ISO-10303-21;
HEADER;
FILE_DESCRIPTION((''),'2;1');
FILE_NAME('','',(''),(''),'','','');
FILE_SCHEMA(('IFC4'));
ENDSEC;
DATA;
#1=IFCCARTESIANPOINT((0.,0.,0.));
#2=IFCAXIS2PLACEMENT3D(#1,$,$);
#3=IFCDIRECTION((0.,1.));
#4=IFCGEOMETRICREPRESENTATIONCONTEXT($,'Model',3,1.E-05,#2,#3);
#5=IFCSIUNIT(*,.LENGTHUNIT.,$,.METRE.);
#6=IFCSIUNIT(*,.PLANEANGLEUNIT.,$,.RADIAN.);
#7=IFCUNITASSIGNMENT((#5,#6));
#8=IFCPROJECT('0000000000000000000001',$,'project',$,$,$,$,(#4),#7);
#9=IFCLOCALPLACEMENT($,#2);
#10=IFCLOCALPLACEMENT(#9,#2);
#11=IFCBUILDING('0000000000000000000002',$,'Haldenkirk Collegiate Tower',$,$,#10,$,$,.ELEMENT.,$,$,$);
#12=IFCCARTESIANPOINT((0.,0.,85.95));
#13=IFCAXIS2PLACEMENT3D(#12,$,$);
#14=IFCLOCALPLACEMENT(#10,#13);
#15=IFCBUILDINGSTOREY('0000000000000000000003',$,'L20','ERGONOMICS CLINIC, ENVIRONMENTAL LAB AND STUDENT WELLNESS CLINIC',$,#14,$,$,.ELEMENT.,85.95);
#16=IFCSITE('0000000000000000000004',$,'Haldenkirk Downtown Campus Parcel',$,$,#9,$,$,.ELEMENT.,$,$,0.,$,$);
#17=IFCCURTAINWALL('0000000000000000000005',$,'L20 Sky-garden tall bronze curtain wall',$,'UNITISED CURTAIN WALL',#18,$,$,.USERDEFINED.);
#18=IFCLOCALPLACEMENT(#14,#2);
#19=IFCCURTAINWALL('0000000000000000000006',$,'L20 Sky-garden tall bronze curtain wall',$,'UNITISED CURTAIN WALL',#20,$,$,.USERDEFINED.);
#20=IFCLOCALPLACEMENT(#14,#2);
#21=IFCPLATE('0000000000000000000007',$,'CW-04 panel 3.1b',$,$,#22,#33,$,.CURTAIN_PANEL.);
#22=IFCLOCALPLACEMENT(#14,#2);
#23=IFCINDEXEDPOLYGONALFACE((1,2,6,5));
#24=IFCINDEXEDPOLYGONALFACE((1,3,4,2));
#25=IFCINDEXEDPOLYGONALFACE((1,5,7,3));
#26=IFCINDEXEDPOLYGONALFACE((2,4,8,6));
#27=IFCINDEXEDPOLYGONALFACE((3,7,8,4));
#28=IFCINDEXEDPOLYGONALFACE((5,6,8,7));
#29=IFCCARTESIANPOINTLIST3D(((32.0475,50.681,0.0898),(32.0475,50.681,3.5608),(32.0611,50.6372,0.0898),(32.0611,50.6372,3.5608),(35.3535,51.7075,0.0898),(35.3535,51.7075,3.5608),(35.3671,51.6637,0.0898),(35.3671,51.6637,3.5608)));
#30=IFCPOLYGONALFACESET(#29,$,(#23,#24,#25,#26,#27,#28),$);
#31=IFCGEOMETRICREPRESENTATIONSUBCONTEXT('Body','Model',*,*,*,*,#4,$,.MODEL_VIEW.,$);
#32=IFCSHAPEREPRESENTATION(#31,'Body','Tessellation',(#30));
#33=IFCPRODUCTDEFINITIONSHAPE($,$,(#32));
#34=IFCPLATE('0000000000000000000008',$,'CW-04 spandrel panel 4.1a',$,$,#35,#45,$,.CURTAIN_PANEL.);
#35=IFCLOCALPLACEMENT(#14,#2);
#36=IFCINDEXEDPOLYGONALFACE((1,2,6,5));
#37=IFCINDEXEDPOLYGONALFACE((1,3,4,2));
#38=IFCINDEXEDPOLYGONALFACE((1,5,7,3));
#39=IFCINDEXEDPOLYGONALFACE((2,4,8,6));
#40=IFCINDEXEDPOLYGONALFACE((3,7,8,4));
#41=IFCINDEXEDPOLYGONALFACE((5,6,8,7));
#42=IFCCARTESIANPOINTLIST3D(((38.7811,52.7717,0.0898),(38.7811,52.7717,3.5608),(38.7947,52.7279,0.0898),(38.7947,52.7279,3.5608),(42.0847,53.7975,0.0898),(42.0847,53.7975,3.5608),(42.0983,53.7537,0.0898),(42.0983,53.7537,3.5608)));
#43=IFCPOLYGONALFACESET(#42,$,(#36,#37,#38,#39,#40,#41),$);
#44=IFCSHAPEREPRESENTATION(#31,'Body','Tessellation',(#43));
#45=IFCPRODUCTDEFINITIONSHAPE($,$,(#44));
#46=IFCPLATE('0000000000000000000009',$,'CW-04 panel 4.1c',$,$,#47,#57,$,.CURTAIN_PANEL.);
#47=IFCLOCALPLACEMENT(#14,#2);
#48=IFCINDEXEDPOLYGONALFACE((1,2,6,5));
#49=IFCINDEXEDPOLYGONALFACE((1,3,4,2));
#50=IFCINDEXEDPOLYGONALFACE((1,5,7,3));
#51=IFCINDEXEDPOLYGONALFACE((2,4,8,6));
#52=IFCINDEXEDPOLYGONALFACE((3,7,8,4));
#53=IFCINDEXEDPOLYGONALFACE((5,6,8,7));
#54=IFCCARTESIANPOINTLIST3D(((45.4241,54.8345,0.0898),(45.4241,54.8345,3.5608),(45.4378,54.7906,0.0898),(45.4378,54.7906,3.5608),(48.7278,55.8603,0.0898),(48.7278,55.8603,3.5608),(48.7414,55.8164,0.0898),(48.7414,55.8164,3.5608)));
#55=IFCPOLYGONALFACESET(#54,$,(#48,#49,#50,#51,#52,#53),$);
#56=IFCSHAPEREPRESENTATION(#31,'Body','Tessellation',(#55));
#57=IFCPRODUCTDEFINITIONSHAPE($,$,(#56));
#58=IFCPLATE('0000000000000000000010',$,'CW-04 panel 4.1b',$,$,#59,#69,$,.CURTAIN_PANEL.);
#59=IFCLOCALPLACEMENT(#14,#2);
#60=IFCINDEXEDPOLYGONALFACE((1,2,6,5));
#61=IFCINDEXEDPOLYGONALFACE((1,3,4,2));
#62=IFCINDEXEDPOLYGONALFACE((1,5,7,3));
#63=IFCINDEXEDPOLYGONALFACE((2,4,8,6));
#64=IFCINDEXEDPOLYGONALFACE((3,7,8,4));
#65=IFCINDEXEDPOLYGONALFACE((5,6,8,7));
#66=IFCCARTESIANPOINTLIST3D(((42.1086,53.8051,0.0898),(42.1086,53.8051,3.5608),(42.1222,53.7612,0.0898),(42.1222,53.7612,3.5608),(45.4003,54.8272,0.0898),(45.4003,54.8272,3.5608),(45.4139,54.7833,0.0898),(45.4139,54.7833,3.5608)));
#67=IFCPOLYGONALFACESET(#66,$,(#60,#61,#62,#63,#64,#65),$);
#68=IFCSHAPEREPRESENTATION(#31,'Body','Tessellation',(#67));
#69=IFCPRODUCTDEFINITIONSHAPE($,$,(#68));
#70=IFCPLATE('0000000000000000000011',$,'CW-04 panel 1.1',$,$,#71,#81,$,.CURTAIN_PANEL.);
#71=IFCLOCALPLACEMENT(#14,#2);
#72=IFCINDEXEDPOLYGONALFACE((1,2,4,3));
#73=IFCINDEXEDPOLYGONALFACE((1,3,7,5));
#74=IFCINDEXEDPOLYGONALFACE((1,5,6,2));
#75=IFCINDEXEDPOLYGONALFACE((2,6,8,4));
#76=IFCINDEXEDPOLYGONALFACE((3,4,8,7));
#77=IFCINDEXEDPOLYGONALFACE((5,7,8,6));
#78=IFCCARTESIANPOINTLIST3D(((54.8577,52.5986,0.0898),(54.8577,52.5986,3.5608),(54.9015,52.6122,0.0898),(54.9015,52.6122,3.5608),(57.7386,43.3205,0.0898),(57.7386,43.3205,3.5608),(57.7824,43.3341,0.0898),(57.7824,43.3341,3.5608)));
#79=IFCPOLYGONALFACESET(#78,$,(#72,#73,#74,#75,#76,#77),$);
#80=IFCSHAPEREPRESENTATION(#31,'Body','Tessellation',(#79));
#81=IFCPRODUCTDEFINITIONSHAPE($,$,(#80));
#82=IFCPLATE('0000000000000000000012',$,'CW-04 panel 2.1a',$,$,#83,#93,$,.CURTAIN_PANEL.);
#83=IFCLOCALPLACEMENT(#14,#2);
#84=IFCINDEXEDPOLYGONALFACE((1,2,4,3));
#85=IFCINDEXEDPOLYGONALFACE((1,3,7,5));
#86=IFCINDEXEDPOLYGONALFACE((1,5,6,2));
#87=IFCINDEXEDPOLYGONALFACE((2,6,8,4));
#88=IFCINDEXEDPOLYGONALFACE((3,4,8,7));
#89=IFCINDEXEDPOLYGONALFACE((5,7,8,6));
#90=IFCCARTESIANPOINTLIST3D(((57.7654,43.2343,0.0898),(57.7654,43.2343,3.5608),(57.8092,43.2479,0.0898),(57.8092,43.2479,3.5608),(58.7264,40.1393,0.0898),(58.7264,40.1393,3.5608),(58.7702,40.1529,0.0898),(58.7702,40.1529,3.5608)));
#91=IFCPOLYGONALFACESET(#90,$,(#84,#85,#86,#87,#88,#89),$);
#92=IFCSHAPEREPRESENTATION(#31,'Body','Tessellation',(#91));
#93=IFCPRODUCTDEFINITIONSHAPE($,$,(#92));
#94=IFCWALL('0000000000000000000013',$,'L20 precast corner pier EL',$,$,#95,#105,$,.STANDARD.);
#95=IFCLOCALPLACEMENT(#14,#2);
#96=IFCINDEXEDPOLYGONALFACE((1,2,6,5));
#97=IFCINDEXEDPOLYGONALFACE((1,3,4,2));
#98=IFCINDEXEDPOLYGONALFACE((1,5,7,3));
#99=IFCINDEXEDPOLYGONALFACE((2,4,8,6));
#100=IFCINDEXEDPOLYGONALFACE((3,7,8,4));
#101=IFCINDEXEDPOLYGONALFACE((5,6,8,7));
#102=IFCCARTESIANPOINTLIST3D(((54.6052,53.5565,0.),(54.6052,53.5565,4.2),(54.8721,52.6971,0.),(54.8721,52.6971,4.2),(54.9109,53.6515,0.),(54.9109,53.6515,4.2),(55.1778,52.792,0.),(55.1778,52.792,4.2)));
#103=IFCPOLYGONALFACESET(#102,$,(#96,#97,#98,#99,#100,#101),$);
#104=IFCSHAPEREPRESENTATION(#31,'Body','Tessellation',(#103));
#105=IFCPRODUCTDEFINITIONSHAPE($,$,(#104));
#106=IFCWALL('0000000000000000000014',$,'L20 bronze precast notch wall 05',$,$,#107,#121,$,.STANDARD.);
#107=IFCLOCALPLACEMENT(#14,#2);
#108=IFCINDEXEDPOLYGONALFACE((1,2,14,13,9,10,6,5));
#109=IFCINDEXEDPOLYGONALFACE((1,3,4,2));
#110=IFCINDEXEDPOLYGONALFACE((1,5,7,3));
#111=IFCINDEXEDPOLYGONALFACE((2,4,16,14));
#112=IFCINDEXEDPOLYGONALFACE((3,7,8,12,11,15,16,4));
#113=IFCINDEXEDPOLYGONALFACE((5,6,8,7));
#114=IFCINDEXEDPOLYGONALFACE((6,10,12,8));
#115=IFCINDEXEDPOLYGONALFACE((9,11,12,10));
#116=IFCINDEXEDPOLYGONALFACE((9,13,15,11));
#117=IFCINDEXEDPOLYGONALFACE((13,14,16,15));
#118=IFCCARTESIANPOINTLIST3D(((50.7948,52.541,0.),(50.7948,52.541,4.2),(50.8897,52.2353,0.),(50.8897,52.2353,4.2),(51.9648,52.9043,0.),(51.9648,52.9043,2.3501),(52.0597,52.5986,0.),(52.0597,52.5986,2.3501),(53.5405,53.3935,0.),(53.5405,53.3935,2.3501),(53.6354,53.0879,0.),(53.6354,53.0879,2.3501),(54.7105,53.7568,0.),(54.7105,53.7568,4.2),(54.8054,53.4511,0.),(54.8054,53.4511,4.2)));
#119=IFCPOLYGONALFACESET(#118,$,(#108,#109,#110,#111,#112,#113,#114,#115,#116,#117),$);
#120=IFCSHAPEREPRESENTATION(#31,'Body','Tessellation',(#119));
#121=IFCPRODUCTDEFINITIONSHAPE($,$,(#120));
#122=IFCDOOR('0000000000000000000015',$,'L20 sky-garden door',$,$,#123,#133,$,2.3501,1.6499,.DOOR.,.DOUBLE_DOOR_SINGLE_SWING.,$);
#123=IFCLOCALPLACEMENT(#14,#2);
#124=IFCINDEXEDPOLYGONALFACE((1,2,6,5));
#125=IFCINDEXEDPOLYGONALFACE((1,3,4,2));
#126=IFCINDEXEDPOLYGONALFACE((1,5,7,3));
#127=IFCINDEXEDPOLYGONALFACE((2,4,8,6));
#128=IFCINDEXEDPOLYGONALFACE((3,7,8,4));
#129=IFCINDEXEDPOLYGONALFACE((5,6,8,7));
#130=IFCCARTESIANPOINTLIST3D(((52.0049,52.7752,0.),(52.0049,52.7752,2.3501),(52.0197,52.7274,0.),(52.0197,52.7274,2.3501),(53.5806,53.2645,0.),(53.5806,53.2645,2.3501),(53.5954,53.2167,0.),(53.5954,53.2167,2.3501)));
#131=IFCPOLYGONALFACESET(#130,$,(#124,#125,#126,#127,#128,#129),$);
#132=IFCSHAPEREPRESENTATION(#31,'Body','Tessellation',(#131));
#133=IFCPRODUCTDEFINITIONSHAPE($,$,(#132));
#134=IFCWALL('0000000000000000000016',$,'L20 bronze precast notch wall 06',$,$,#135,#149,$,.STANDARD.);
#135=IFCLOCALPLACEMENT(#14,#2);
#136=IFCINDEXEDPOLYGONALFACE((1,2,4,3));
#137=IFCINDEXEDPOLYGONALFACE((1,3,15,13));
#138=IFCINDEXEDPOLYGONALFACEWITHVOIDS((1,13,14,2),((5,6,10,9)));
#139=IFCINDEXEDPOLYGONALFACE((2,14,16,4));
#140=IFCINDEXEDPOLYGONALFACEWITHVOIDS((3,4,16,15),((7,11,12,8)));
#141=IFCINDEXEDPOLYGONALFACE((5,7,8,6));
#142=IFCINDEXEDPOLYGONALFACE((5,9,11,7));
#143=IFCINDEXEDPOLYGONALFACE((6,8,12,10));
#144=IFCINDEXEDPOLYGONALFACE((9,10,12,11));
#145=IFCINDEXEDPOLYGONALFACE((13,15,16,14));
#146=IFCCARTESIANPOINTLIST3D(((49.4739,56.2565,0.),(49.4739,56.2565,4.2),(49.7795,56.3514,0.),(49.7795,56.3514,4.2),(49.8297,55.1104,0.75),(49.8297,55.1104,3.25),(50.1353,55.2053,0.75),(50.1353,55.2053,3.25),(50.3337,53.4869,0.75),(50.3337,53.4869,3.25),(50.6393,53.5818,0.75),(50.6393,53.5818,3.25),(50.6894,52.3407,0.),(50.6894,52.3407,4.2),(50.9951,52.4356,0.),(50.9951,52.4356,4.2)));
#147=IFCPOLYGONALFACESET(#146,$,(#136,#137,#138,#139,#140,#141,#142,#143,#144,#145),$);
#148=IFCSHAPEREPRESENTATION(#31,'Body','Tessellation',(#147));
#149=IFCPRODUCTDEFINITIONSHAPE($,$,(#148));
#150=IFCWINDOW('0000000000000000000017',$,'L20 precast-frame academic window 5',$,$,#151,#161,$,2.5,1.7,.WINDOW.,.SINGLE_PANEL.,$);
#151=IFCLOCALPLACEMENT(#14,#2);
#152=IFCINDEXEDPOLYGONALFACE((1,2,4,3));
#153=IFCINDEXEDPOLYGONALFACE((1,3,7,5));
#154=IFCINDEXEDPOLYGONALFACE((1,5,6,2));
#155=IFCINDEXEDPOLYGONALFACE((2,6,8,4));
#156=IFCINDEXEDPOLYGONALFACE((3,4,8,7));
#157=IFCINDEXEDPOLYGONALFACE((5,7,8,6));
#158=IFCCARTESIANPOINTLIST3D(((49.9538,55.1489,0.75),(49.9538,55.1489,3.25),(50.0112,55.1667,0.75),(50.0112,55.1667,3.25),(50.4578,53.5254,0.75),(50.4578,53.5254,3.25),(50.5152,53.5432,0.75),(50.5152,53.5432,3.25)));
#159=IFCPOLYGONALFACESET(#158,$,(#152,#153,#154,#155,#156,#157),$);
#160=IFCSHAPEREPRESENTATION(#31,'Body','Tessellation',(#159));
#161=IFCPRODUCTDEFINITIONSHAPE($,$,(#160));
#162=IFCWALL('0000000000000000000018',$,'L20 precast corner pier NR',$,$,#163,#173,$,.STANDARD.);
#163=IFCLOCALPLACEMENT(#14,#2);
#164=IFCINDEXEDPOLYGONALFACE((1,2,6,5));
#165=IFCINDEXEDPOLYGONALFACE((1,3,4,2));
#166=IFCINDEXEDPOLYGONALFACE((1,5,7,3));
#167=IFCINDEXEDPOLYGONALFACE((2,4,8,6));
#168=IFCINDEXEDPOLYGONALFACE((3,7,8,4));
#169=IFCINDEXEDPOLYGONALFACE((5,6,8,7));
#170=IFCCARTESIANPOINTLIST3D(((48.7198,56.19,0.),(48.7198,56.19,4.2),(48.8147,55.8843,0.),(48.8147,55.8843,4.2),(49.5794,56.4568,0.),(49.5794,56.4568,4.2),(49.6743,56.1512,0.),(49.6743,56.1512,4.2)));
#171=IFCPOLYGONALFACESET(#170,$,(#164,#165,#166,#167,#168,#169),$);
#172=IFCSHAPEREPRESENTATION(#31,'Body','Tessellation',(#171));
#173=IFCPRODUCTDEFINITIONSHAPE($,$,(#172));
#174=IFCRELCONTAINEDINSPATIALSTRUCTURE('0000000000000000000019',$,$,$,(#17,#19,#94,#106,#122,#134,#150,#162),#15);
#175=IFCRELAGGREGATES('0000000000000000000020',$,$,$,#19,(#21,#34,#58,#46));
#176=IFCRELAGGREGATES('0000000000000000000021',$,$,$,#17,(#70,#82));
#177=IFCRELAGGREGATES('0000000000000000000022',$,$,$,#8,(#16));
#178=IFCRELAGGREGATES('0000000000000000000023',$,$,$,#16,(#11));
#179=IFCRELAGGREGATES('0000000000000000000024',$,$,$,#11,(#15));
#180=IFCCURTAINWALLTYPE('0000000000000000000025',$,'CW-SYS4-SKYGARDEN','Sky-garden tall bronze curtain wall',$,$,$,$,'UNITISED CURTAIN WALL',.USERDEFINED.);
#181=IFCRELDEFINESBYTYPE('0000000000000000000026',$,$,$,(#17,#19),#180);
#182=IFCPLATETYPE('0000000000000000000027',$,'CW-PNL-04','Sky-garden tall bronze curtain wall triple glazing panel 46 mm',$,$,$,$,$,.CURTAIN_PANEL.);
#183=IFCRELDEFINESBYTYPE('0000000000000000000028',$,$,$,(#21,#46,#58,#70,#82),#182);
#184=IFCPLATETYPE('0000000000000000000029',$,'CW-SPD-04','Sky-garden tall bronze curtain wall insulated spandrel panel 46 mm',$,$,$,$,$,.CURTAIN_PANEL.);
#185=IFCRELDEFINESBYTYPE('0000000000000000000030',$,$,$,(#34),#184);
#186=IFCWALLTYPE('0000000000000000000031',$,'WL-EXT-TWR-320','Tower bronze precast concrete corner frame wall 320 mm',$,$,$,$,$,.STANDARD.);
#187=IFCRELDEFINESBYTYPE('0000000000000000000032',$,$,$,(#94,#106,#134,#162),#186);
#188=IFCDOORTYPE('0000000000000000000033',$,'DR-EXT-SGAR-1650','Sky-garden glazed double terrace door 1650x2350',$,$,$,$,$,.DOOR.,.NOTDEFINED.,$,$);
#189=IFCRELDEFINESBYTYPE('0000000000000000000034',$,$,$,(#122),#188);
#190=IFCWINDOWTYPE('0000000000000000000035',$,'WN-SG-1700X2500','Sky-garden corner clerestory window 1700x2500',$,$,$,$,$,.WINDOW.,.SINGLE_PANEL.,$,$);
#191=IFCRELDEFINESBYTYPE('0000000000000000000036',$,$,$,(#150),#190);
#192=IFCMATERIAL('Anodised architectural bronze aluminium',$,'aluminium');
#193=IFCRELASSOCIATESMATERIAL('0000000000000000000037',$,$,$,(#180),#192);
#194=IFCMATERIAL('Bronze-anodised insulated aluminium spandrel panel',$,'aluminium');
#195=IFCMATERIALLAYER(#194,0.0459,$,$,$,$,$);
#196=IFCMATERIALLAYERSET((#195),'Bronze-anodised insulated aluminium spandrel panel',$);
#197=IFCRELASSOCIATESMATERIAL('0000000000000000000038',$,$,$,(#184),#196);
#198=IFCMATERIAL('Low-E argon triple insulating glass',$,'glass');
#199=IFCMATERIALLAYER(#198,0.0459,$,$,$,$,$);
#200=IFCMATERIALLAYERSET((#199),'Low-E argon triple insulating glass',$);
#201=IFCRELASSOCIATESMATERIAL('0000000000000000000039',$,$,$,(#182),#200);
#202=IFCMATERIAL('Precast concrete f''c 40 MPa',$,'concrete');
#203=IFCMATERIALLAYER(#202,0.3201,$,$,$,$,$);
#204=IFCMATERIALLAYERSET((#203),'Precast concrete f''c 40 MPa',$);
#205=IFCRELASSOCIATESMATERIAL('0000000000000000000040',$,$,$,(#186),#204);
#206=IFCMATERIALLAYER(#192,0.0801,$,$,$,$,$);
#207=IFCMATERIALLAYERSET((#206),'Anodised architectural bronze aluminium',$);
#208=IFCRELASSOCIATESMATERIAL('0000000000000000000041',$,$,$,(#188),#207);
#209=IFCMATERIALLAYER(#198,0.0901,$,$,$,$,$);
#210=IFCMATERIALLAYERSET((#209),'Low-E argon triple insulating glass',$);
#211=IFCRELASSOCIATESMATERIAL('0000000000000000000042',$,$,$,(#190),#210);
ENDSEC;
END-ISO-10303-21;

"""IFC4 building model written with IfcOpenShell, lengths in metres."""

from ifc_helpers import new_model, si_unit, direction, frame, frame_2d, origin, origin_2d, place, context, subcontext, project, spatial, rectangle, extrude, source, transform, mapped, material, layer, layer_set, type_object, element, fill, aggregate, save


model = new_model("IFC4")

# Units and contexts
model_context = context("Model", 3, precision=1e-05, world=origin(), true_north=direction((0.0, 1.0)))
body_context = subcontext(model_context, "Body", "Model", "MODEL_VIEW")
ifc_project = project(units=[si_unit("LENGTHUNIT", "METRE"), si_unit("PLANEANGLEUNIT", "RADIAN")], contexts=[model_context])

# Site, building, storey
site_placement = place(None, origin())
site = spatial("IfcSite", under=ifc_project, at=site_placement, Name="Haldenkirk Downtown Campus Parcel", CompositionType="ELEMENT", RefElevation=0.0)
building_placement = place(site_placement, origin())
building = spatial("IfcBuilding", under=site, at=building_placement, Name="Haldenkirk Collegiate Tower", CompositionType="ELEMENT")
storey_placement = place(building_placement, frame((0.0, 0.0, 85.95)))
storey = spatial("IfcBuildingStorey", under=building, at=storey_placement, Name="L20", Description="ERGONOMICS CLINIC, ENVIRONMENTAL LAB AND STUDENT WELLNESS CLINIC", CompositionType="ELEMENT", Elevation=85.95)

# Curtain walls
ifc_material_1 = material(Name="Anodised architectural bronze aluminium", Category="aluminium")
curtain_wall_type = type_object("IfcCurtainWallType", Name="CW-SYS4-SKYGARDEN", Description="Sky-garden tall bronze curtain wall", ElementType="UNITISED CURTAIN WALL", PredefinedType="USERDEFINED", material=ifc_material_1)
curtain_wall_1_placement = place(storey_placement, origin())
curtain_wall_1 = element("IfcCurtainWall", 1, at=curtain_wall_1_placement, inside=storey, type_object=curtain_wall_type, Name="L20 Sky-garden tall bronze curtain wall", ObjectType="UNITISED CURTAIN WALL", PredefinedType="USERDEFINED")
curtain_wall_2_placement = place(storey_placement, origin())
curtain_wall_2 = element("IfcCurtainWall", 2, at=curtain_wall_2_placement, inside=storey, type_object=curtain_wall_type, Name="L20 Sky-garden tall bronze curtain wall", ObjectType="UNITISED CURTAIN WALL", PredefinedType="USERDEFINED")

# Plates
ifc_material_2 = material(Name="Bronze-anodised insulated aluminium spandrel panel", Category="aluminium")
ifc_layer_1 = layer(ifc_material_2, 0.0459)
ifc_layer_set_1 = layer_set([ifc_layer_1], Name="Bronze-anodised insulated aluminium spandrel panel")
plate_type_1 = type_object("IfcPlateType", Name="CW-SPD-04", Description="Sky-garden tall bronze curtain wall insulated spandrel panel 46 mm", PredefinedType="CURTAIN_PANEL", material=ifc_layer_set_1)
ifc_material_3 = material(Name="Low-E argon triple insulating glass", Category="glass")
ifc_layer_2 = layer(ifc_material_3, 0.0459)
ifc_layer_set_2 = layer_set([ifc_layer_2], Name="Low-E argon triple insulating glass")
plate_type_2 = type_object("IfcPlateType", Name="CW-PNL-04", Description="Sky-garden tall bronze curtain wall triple glazing panel 46 mm", PredefinedType="CURTAIN_PANEL", material=ifc_layer_set_2)
shared_shape_1 = source(origin(), body_context, "Body", "SweptSolid", [
    extrude(rectangle(XDim=3.4617, YDim=0.0459, at=origin_2d()), origin(), (0.0, 0.0, 1.0), 3.4709),
])
plate_1_placement = place(storey_placement, frame((33.7073, 51.1724, 0.0898), z_axis=(0.0, 0.0, 1.0), x_axis=(0.95502, 0.29654, 0.0)))
plate_1 = element("IfcPlate", 3, at=plate_1_placement, type_object=plate_type_2, Name="CW-04 panel 3.1b", PredefinedType="CURTAIN_PANEL", context=body_context, shape_type="MappedRepresentation", body=[
    mapped(shared_shape_1, transform((0.0, 0.0, 0.0), x_axis=(1.0, 0.0, 0.0), y_axis=(0.0, 1.0, 0.0), z_axis=(0.0, 0.0, 1.0), scale=1.0)),
])
shared_shape_2 = source(origin(), body_context, "Body", "SweptSolid", [
    extrude(rectangle(XDim=3.4592, YDim=0.0459, at=origin_2d()), origin(), (0.0, 0.0, 1.0), 3.4709),
])
plate_2_placement = place(storey_placement, frame((40.4397, 53.2627, 0.0898), z_axis=(0.0, 0.0, 1.0), x_axis=(0.95502, 0.29654, 0.0)))
plate_2 = element("IfcPlate", 4, at=plate_2_placement, type_object=plate_type_1, Name="CW-04 spandrel panel 4.1a", PredefinedType="CURTAIN_PANEL", context=body_context, shape_type="MappedRepresentation", body=[
    mapped(shared_shape_2, transform((0.0, 0.0, 0.0), x_axis=(1.0, 0.0, 0.0), y_axis=(0.0, 1.0, 0.0), z_axis=(0.0, 0.0, 1.0), scale=1.0)),
])
plate_3_placement = place(storey_placement, frame((47.0828, 55.3254, 0.0898), z_axis=(0.0, 0.0, 1.0), x_axis=(0.95502, 0.29654, 0.0)))
plate_3 = element("IfcPlate", 5, at=plate_3_placement, type_object=plate_type_2, Name="CW-04 panel 4.1c", PredefinedType="CURTAIN_PANEL", context=body_context, shape_type="MappedRepresentation", body=[
    mapped(shared_shape_2, transform((0.0, 0.0, 0.0), x_axis=(1.0, 0.0, 0.0), y_axis=(0.0, 1.0, 0.0), z_axis=(0.0, 0.0, 1.0), scale=1.0)),
])
shared_shape_3 = source(origin(), body_context, "Body", "SweptSolid", [
    extrude(rectangle(XDim=3.4468, YDim=0.0459, at=origin_2d()), origin(), (0.0, 0.0, 1.0), 3.4709),
])
plate_4_placement = place(storey_placement, frame((43.7612, 54.2942, 0.0898), z_axis=(0.0, 0.0, 1.0), x_axis=(0.95502, 0.29654, 0.0)))
plate_4 = element("IfcPlate", 6, at=plate_4_placement, type_object=plate_type_2, Name="CW-04 panel 4.1b", PredefinedType="CURTAIN_PANEL", context=body_context, shape_type="MappedRepresentation", body=[
    mapped(shared_shape_3, transform((0.0, 0.0, 0.0), x_axis=(1.0, 0.0, 0.0), y_axis=(0.0, 1.0, 0.0), z_axis=(0.0, 0.0, 1.0), scale=1.0)),
])
aggregate(curtain_wall_2, [plate_1, plate_2, plate_4, plate_3])
shared_shape_4 = source(origin(), body_context, "Body", "SweptSolid", [
    extrude(rectangle(XDim=9.7151, YDim=0.0459, at=origin_2d()), origin(), (0.0, 0.0, 1.0), 3.4709),
])
plate_5_placement = place(storey_placement, frame((56.3201, 47.9663, 0.0898), z_axis=(0.0, 0.0, 1.0), x_axis=(0.296541, -0.95502, 0.0)))
plate_5 = element("IfcPlate", 7, at=plate_5_placement, type_object=plate_type_2, Name="CW-04 panel 1.1", PredefinedType="CURTAIN_PANEL", context=body_context, shape_type="MappedRepresentation", body=[
    mapped(shared_shape_4, transform((0.0, 0.0, 0.0), x_axis=(1.0, 0.0, 0.0), y_axis=(0.0, 1.0, 0.0), z_axis=(0.0, 0.0, 1.0), scale=1.0)),
])
shared_shape_5 = source(origin(), body_context, "Body", "SweptSolid", [
    extrude(rectangle(XDim=3.2407, YDim=0.0459, at=origin_2d()), origin(), (0.0, 0.0, 1.0), 3.4709),
])
plate_6_placement = place(storey_placement, frame((58.2678, 41.6936, 0.0898), z_axis=(0.0, 0.0, 1.0), x_axis=(0.296541, -0.95502, 0.0)))
plate_6 = element("IfcPlate", 8, at=plate_6_placement, type_object=plate_type_2, Name="CW-04 panel 2.1a", PredefinedType="CURTAIN_PANEL", context=body_context, shape_type="MappedRepresentation", body=[
    mapped(shared_shape_5, transform((0.0, 0.0, 0.0), x_axis=(1.0, 0.0, 0.0), y_axis=(0.0, 1.0, 0.0), z_axis=(0.0, 0.0, 1.0), scale=1.0)),
])
aggregate(curtain_wall_1, [plate_5, plate_6])

# Wall
ifc_material_4 = material(Name="Precast concrete f'c 40 MPa", Category="concrete")
ifc_layer_3 = layer(ifc_material_4, 0.3201)
ifc_layer_set_3 = layer_set([ifc_layer_3], Name="Precast concrete f'c 40 MPa")
wall_type = type_object("IfcWallType", Name="WL-EXT-TWR-320", Description="Tower bronze precast concrete corner frame wall 320 mm", PredefinedType="STANDARD", material=ifc_layer_set_3)
wall_1_placement = place(storey_placement, frame((54.7581, 53.604, 0.0), z_axis=(0.0, 0.0, 1.0), x_axis=(0.296544, -0.955019, 0.0)))
element("IfcWall", 9, at=wall_1_placement, inside=storey, type_object=wall_type, Name="L20 precast corner pier EL", PredefinedType="STANDARD", context=body_context, shape_type="SweptSolid", body=[
    extrude(rectangle(XDim=0.8999, YDim=0.3201, at=frame_2d((0.45, 0.0))), origin(), (0.0, 0.0, 1.0), 4.2),
])

# Wall, opening, door
wall_2_placement = place(storey_placement, frame((50.8423, 52.3882, 0.0), z_axis=(0.0, 0.0, 1.0), x_axis=(0.955024, 0.296528, 0.0)))
wall_2 = element("IfcWall", 10, at=wall_2_placement, inside=storey, type_object=wall_type, Name="L20 bronze precast notch wall 05", PredefinedType="STANDARD", context=body_context, shape_type="SweptSolid", body=[
    extrude(rectangle(XDim=4.1001, YDim=0.3201, at=frame_2d((2.05, 0.0))), origin(), (0.0, 0.0, 1.0), 4.2),
])
opening_1_placement = place(wall_2_placement, frame((1.2251, 0.0, 0.0)))
opening_1 = element("IfcOpeningElement", 11, at=opening_1_placement, cuts=wall_2, PredefinedType="OPENING", context=body_context, shape_type="SweptSolid", body=[
    extrude(rectangle(XDim=1.6499, YDim=2.3501, at=frame_2d((0.825, 1.175))), frame((0.0, 0.1699, 0.0), z_axis=(0.0, -1.0, 0.0), x_axis=(1.0, 0.0, 0.0)), (0.0, 0.0, 1.0), 0.3401),
])
ifc_layer_4 = layer(ifc_material_1, 0.0801)
ifc_layer_set_4 = layer_set([ifc_layer_4], Name="Anodised architectural bronze aluminium")
door_type = type_object("IfcDoorType", Name="DR-EXT-SGAR-1650", Description="Sky-garden glazed double terrace door 1650x2350", OperationType="NOTDEFINED", PredefinedType="DOOR", material=ifc_layer_set_4)
door_placement = place(opening_1_placement, origin())
door = element("IfcDoor", 12, at=door_placement, inside=storey, type_object=door_type, Name="L20 sky-garden door", OperationType="DOUBLE_DOOR_SINGLE_SWING", OverallHeight=2.3501, OverallWidth=1.6499, PredefinedType="DOOR", context=body_context, shape_type="SweptSolid", body=[
    extrude(rectangle(XDim=1.6499, YDim=2.3501, at=frame_2d((0.825, 1.175))), frame((0.0, 0.0249, 0.0), z_axis=(0.0, -1.0, 0.0), x_axis=(1.0, 0.0, 0.0)), (0.0, 0.0, 1.0), 0.05),
])
fill(opening_1, door)

# Wall, opening, window
wall_3_placement = place(storey_placement, frame((49.6267, 56.304, 0.0), z_axis=(0.0, 0.0, 1.0), x_axis=(0.296474, -0.955041, 0.0)))
wall_3 = element("IfcWall", 13, at=wall_3_placement, inside=storey, type_object=wall_type, Name="L20 bronze precast notch wall 06", PredefinedType="STANDARD", context=body_context, shape_type="SweptSolid", body=[
    extrude(rectangle(XDim=4.1001, YDim=0.3201, at=frame_2d((2.05, 0.0))), origin(), (0.0, 0.0, 1.0), 4.2),
])
opening_2_placement = place(wall_3_placement, frame((1.2, 0.0, 0.75)))
opening_2 = element("IfcOpeningElement", 14, at=opening_2_placement, cuts=wall_3, PredefinedType="OPENING", context=body_context, shape_type="SweptSolid", body=[
    extrude(rectangle(XDim=1.7, YDim=2.5, at=frame_2d((0.8501, 1.25))), frame((0.0, 0.1699, 0.0), z_axis=(0.0, -1.0, 0.0), x_axis=(1.0, 0.0, 0.0)), (0.0, 0.0, 1.0), 0.3401),
])
ifc_layer_5 = layer(ifc_material_3, 0.0901)
ifc_layer_set_5 = layer_set([ifc_layer_5], Name="Low-E argon triple insulating glass")
window_type = type_object("IfcWindowType", Name="WN-SG-1700X2500", Description="Sky-garden corner clerestory window 1700x2500", PartitioningType="SINGLE_PANEL", PredefinedType="WINDOW", material=ifc_layer_set_5)
window_placement = place(opening_2_placement, origin())
window = element("IfcWindow", 15, at=window_placement, inside=storey, type_object=window_type, Name="L20 precast-frame academic window 5", OverallHeight=2.5, OverallWidth=1.7, PartitioningType="SINGLE_PANEL", PredefinedType="WINDOW", context=body_context, shape_type="SweptSolid", body=[
    extrude(rectangle(XDim=1.7, YDim=2.5, at=frame_2d((0.8501, 1.25))), frame((0.0, 0.03, 0.0), z_axis=(0.0, -1.0, 0.0), x_axis=(1.0, 0.0, 0.0)), (0.0, 0.0, 1.0), 0.0601),
])
fill(opening_2, window)

# Wall
wall_4_placement = place(storey_placement, frame((48.7671, 56.0371, 0.0), z_axis=(0.0, 0.0, 1.0), x_axis=(0.955043, 0.296467, 0.0)))
element("IfcWall", 16, at=wall_4_placement, inside=storey, type_object=wall_type, Name="L20 precast corner pier NR", PredefinedType="STANDARD", context=body_context, shape_type="SweptSolid", body=[
    extrude(rectangle(XDim=0.9001, YDim=0.3201, at=frame_2d((0.4502, 0.0))), origin(), (0.0, 0.0, 1.0), 4.2),
])

save(model, "model.ifc")
